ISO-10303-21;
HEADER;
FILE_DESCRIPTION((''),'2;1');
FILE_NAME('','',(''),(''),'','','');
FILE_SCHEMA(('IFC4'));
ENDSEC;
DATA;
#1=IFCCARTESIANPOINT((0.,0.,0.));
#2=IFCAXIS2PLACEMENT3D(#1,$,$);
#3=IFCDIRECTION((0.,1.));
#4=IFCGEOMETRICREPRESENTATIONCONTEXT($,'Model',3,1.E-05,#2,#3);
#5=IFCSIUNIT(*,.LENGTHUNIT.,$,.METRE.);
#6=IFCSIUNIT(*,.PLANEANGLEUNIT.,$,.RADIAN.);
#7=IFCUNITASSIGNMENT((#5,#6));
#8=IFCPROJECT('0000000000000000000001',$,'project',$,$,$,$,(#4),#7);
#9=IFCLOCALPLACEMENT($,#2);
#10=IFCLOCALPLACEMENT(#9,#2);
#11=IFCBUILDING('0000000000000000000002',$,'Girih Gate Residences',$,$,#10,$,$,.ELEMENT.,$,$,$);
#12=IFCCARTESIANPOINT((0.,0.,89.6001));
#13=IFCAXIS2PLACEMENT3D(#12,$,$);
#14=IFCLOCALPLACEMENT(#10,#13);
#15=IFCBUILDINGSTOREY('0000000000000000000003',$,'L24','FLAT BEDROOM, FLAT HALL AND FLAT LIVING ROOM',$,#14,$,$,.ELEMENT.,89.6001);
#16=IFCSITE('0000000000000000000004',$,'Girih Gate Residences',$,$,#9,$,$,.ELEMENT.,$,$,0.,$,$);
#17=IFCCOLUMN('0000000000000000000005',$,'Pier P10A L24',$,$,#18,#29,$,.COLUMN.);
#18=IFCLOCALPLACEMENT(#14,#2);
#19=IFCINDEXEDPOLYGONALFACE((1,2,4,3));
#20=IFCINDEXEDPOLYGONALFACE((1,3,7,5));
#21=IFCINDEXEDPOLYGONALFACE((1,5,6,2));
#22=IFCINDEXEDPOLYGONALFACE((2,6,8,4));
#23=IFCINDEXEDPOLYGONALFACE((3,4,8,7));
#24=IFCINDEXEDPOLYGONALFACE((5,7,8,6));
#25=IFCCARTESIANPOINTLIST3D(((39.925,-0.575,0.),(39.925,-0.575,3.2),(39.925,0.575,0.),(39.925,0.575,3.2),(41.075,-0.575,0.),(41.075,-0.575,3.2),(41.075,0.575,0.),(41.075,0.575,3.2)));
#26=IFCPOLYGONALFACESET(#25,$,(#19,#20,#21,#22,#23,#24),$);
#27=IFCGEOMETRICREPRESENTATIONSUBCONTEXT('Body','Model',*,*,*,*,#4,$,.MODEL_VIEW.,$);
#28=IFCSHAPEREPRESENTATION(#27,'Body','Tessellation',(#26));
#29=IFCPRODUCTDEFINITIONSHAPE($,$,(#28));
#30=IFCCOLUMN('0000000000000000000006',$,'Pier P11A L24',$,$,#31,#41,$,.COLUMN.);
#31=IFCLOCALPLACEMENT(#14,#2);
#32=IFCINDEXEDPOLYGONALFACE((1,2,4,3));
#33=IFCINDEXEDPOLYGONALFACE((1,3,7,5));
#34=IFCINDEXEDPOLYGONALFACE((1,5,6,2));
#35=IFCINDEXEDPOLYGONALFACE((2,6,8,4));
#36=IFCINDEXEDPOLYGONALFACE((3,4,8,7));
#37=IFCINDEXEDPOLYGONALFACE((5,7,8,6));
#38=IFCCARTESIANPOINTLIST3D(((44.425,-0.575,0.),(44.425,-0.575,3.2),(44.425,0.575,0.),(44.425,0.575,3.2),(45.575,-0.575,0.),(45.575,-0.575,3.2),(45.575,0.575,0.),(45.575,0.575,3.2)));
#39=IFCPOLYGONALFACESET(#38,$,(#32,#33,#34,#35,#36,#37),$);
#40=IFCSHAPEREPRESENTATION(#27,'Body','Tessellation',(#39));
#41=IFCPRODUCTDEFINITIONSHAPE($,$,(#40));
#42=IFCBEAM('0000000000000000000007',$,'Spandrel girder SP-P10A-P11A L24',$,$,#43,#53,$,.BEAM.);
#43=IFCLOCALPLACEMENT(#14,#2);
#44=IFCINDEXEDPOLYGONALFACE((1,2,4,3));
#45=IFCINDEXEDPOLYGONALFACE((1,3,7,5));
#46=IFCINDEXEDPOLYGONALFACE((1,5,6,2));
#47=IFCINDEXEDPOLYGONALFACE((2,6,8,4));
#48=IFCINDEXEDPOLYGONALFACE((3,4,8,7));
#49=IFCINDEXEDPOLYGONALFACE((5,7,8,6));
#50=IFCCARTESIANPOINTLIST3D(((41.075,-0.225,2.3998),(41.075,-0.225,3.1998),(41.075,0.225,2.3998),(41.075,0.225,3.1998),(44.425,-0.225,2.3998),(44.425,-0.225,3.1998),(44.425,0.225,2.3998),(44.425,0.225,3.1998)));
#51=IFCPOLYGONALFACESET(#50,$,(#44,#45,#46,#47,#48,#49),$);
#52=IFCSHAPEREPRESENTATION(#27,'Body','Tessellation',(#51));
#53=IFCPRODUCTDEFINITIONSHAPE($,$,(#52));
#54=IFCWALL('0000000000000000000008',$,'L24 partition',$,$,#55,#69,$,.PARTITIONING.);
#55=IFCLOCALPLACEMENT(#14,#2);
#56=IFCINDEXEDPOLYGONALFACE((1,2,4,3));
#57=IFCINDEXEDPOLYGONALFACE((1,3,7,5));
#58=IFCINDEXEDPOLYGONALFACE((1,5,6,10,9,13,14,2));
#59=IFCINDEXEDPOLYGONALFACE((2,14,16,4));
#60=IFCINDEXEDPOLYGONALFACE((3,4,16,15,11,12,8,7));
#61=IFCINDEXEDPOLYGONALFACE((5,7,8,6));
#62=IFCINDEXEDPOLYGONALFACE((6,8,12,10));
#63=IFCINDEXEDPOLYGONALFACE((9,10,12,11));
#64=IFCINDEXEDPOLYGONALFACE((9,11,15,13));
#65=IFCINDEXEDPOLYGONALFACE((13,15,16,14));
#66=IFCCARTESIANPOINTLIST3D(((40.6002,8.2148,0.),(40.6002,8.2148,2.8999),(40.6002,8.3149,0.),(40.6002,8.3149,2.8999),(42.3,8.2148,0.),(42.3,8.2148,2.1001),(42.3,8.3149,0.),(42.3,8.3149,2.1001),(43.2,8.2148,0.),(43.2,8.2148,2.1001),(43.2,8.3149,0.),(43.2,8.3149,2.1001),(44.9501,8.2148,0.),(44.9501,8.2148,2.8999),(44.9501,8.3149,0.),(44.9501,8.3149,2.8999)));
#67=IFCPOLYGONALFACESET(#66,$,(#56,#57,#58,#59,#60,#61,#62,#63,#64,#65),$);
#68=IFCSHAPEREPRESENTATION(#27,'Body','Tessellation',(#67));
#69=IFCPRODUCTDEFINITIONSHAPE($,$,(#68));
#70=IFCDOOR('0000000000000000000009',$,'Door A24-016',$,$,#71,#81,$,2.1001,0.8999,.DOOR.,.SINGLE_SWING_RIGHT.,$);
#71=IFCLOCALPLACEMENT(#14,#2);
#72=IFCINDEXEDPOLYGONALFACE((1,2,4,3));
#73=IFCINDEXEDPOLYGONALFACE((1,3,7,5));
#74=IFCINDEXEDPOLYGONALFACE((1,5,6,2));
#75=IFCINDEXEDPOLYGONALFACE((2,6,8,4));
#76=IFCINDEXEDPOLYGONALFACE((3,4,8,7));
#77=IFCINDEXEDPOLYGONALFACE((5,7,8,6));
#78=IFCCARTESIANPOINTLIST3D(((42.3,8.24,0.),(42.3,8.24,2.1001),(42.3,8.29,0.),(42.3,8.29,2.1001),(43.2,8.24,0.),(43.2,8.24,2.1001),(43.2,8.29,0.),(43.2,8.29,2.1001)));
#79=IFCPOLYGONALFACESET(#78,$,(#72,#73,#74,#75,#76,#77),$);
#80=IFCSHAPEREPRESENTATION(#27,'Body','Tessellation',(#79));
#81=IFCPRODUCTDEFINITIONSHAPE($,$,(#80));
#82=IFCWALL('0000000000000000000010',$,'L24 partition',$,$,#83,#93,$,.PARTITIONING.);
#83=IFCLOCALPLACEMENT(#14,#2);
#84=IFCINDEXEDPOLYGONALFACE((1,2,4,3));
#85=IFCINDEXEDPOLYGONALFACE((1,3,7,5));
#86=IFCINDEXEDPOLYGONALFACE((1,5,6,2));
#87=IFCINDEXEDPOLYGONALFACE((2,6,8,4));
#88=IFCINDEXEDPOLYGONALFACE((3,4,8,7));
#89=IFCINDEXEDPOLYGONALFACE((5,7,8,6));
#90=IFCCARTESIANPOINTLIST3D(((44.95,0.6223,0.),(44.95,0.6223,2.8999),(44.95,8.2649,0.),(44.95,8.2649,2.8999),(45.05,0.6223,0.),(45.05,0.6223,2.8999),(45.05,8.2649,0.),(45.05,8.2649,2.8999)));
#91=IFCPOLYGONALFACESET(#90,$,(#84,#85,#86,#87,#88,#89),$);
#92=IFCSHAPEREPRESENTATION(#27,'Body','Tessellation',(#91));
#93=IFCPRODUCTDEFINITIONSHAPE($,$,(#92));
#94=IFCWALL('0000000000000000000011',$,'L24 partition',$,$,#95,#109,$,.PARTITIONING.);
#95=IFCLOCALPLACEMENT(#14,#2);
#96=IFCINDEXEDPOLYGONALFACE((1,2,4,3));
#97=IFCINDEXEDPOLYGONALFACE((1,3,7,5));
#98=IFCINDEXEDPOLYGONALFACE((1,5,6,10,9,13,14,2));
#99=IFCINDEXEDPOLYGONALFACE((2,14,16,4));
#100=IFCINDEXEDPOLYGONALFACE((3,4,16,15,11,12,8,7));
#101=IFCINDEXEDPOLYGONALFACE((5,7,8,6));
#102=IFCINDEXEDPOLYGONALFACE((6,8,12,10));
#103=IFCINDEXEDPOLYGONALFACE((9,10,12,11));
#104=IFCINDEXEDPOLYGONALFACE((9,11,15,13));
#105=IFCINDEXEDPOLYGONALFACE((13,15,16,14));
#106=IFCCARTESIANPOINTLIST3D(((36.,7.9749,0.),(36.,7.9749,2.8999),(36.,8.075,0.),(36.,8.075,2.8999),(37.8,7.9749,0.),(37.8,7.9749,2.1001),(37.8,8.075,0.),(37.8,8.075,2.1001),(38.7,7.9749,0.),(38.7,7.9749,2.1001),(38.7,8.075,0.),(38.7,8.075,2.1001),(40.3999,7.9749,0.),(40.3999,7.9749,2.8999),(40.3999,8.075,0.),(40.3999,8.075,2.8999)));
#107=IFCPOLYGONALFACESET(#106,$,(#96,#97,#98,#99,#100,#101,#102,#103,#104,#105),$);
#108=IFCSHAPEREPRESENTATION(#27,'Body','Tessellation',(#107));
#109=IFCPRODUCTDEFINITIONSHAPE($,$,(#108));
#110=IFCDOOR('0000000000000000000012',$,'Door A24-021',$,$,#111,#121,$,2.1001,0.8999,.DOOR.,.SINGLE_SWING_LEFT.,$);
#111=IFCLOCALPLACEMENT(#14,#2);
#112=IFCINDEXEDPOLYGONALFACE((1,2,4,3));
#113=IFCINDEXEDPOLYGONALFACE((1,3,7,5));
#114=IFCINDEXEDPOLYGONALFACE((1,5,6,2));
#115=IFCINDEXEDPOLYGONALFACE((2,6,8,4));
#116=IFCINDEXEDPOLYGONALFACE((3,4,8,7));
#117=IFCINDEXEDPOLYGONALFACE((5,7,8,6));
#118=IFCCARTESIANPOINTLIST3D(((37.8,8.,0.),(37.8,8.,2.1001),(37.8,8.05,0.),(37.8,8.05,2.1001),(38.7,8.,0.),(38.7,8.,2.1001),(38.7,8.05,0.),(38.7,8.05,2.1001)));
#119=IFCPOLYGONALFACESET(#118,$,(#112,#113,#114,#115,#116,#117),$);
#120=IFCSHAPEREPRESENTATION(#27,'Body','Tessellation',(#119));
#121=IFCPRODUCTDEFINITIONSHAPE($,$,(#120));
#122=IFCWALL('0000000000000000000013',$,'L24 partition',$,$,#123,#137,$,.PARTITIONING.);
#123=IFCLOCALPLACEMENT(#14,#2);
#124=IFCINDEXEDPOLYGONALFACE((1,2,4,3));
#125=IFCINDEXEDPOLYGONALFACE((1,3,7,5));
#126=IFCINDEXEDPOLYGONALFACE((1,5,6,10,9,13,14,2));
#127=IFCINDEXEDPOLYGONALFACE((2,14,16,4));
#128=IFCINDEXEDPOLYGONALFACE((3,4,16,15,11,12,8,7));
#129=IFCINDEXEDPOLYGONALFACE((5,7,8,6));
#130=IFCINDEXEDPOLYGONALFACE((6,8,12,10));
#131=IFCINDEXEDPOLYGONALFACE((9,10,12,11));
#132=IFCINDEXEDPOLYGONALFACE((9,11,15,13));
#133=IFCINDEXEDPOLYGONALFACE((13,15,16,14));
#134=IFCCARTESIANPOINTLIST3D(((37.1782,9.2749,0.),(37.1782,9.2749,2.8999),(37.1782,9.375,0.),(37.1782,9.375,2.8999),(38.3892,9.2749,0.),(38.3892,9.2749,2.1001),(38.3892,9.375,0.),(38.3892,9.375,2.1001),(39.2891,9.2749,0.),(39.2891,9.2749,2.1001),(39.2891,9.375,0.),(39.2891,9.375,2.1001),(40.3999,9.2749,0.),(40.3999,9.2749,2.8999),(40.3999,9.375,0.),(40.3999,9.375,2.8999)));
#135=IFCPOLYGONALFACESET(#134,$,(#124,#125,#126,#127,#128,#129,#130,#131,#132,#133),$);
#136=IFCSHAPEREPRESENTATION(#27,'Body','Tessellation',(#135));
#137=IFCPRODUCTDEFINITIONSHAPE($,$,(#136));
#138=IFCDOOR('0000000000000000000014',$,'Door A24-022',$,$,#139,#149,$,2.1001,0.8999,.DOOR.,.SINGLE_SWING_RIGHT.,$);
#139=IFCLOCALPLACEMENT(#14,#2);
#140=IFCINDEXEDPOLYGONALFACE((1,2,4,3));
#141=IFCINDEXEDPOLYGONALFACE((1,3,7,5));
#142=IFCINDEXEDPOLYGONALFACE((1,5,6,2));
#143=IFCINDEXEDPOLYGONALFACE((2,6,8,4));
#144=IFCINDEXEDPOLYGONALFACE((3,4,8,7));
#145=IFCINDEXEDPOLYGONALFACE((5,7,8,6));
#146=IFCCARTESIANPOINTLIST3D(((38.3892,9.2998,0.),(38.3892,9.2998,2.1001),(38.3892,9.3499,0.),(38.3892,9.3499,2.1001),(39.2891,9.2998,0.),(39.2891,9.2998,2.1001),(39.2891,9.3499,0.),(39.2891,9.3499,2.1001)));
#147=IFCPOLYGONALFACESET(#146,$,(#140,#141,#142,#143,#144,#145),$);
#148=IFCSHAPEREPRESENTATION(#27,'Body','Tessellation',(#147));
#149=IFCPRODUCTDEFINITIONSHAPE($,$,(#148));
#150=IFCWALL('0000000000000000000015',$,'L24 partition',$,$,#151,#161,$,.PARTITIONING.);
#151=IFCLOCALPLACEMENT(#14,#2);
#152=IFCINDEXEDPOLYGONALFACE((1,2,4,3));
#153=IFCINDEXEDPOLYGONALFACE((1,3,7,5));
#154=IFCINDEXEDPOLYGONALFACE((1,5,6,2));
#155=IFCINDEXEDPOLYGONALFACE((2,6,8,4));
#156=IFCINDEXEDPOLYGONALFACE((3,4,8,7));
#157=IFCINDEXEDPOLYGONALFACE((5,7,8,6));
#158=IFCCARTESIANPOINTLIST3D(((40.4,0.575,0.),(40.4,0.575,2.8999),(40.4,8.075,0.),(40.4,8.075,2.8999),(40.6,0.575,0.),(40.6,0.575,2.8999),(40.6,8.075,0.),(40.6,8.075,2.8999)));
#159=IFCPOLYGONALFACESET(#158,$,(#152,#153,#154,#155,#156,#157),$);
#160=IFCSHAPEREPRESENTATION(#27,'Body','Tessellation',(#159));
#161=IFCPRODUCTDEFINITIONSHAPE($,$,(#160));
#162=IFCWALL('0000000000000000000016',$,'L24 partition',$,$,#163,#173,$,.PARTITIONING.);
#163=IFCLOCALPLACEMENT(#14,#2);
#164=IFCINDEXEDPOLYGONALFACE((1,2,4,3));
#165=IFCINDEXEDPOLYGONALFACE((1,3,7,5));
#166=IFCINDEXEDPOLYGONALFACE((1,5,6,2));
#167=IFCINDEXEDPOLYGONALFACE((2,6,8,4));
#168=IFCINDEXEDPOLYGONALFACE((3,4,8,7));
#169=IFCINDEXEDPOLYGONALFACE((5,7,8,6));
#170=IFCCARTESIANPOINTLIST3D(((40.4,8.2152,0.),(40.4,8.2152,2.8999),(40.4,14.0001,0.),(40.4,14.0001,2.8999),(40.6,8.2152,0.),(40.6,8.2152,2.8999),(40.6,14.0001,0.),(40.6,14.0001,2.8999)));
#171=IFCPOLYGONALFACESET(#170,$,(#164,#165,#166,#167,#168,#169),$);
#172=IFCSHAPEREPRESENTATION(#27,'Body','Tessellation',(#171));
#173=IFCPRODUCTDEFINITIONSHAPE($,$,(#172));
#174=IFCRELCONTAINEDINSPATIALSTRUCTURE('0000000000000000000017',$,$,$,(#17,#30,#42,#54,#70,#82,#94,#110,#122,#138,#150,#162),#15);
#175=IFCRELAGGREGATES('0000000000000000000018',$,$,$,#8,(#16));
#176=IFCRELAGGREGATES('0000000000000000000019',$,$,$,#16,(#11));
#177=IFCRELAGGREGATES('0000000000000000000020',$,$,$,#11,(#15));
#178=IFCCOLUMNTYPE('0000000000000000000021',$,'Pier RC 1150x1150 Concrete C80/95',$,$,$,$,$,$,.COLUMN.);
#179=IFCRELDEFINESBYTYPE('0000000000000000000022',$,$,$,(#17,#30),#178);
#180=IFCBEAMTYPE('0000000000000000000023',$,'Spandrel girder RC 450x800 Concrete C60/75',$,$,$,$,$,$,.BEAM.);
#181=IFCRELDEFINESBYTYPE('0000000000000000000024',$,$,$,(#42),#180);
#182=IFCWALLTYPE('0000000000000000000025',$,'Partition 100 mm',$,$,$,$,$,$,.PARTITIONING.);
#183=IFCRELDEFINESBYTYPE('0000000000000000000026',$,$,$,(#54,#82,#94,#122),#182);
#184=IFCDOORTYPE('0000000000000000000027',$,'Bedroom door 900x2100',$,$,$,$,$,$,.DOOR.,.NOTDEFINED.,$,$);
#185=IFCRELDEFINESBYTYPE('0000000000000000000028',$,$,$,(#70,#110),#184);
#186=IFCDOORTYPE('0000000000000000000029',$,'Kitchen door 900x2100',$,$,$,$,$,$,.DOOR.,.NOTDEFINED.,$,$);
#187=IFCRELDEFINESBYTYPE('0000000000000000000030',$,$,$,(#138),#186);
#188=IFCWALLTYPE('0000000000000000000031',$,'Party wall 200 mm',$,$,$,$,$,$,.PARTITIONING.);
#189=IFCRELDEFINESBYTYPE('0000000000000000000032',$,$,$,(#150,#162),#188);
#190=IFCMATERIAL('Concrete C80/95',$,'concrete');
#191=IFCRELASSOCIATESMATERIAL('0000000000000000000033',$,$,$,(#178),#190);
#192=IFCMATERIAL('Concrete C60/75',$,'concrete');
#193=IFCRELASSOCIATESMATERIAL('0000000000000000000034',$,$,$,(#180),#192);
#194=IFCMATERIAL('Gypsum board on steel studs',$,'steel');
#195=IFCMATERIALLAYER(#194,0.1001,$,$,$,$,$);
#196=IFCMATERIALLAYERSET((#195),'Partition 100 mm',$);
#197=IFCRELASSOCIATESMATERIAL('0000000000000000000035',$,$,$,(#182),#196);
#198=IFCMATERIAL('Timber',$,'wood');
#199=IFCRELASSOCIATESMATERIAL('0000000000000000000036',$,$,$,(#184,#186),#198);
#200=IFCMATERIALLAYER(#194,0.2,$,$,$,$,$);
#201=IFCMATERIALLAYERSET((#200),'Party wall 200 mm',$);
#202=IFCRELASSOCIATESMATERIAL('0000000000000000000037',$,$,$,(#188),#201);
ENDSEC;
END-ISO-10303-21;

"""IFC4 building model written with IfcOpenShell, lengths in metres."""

from ifc_helpers import new_model, si_unit, direction, frame, frame_2d, origin, origin_2d, place, context, subcontext, project, spatial, rectangle, extrude, material, layer, layer_set, material_profile, profile_set, type_object, element, fill, save


model = new_model("IFC4")

# Units and contexts
model_context = context("Model", 3, precision=1e-05, world=origin(), true_north=direction((0.0, 1.0)))
body_context = subcontext(model_context, "Body", "Model", "MODEL_VIEW")
ifc_project = project(units=[si_unit("LENGTHUNIT", "METRE"), si_unit("PLANEANGLEUNIT", "RADIAN")], contexts=[model_context])

# Site, building, storey
site_placement = place(None, origin())
site = spatial("IfcSite", under=ifc_project, at=site_placement, Name="Girih Gate Residences", CompositionType="ELEMENT", RefElevation=0.0)
building_placement = place(site_placement, origin())
building = spatial("IfcBuilding", under=site, at=building_placement, Name="Girih Gate Residences", CompositionType="ELEMENT")
storey_placement = place(building_placement, frame((0.0, 0.0, 89.6001)))
storey = spatial("IfcBuildingStorey", under=building, at=storey_placement, Name="L24", Description="FLAT BEDROOM, FLAT HALL AND FLAT LIVING ROOM", CompositionType="ELEMENT", Elevation=89.6001)

# Columns
ifc_material_1 = material(Name="Concrete C80/95", Category="concrete")
ifc_material_profile_1 = material_profile(ifc_material_1, rectangle(XDim=1.1499, YDim=1.1499, at=origin_2d()))
ifc_profile_set_1 = profile_set([ifc_material_profile_1], Name="Concrete C80/95")
column_type = type_object("IfcColumnType", Name="Pier RC 1150x1150 Concrete C80/95", PredefinedType="COLUMN", material=ifc_profile_set_1)
for number, where, z_axis, x_axis, name in (
    (1, (40.5, 0.0, 0.0), (0.0, 0.0, 1.0), (1.0, 0.0, 0.0), "Pier P10A L24"),
    (2, (45.0, 0.0, 0.0), (0.0, 0.0, 1.0), (1.0, 0.0, 0.0), "Pier P11A L24"),
):
    element("IfcColumn", number, at=place(storey_placement, frame(where, z_axis=z_axis, x_axis=x_axis)), inside=storey, type_object=column_type, Name=name, PredefinedType="COLUMN", context=body_context, shape_type="SweptSolid", body=[
        extrude(rectangle(XDim=1.1499, YDim=1.1499, at=origin_2d()), origin(), (0.0, 0.0, 1.0), 3.2),
    ])

# Beam
ifc_material_2 = material(Name="Concrete C60/75", Category="concrete")
ifc_material_profile_2 = material_profile(ifc_material_2, rectangle(XDim=0.45, YDim=0.8, at=origin_2d()))
ifc_profile_set_2 = profile_set([ifc_material_profile_2], Name="Concrete C60/75")
beam_type = type_object("IfcBeamType", Name="Spandrel girder RC 450x800 Concrete C60/75", PredefinedType="BEAM", material=ifc_profile_set_2)
beam_placement = place(storey_placement, frame((41.075, 0.0, 2.7998), z_axis=(1.0, 0.0, 0.0), x_axis=(0.0, 1.0, 0.0)))
element("IfcBeam", 3, at=beam_placement, inside=storey, type_object=beam_type, Name="Spandrel girder SP-P10A-P11A L24", PredefinedType="BEAM", context=body_context, shape_type="SweptSolid", body=[
    extrude(rectangle(XDim=0.45, YDim=0.8, at=origin_2d()), origin(), (0.0, 0.0, 1.0), 3.3501),
])

# Wall, opening, door
ifc_material_3 = material(Name="Gypsum board on steel studs", Category="steel")
ifc_layer_1 = layer(ifc_material_3, 0.1001)
ifc_layer_set_1 = layer_set([ifc_layer_1], Name="Partition 100 mm")
wall_type_1 = type_object("IfcWallType", Name="Partition 100 mm", PredefinedType="PARTITIONING", material=ifc_layer_set_1)
wall_1_placement = place(storey_placement, frame((44.95, 8.2649, 0.0), z_axis=(0.0, 0.0, 1.0), x_axis=(-1.0, 0.0, 0.0)))
wall_1 = element("IfcWall", 4, at=wall_1_placement, inside=storey, type_object=wall_type_1, Name="L24 partition", PredefinedType="PARTITIONING", context=body_context, shape_type="SweptSolid", body=[
    extrude(rectangle(XDim=4.3499, YDim=0.1001, at=frame_2d((2.1748, 0.0))), origin(), (0.0, 0.0, 1.0), 2.8999),
])
opening_1_placement = place(wall_1_placement, frame((1.75, 0.0, 0.0)))
opening_1 = element("IfcOpeningElement", 5, at=opening_1_placement, cuts=wall_1, PredefinedType="OPENING", context=body_context, shape_type="SweptSolid", body=[
    extrude(rectangle(XDim=0.8999, YDim=2.1001, at=frame_2d((0.45, 1.05))), frame((0.0, 0.0601, 0.0), z_axis=(0.0, -1.0, 0.0), x_axis=(1.0, 0.0, 0.0)), (0.0, 0.0, 1.0), 0.1201),
])
ifc_material_4 = material(Name="Timber", Category="wood")
door_type_1 = type_object("IfcDoorType", Name="Bedroom door 900x2100", OperationType="NOTDEFINED", PredefinedType="DOOR", material=ifc_material_4)
door_1_placement = place(opening_1_placement, origin())
door_1 = element("IfcDoor", 6, at=door_1_placement, inside=storey, type_object=door_type_1, Name="Door A24-016", OperationType="SINGLE_SWING_RIGHT", OverallHeight=2.1001, OverallWidth=0.8999, PredefinedType="DOOR", context=body_context, shape_type="SweptSolid", body=[
    extrude(rectangle(XDim=0.8999, YDim=2.1001, at=frame_2d((0.45, 1.05))), frame((0.0, 0.0249, 0.0), z_axis=(0.0, -1.0, 0.0), x_axis=(1.0, 0.0, 0.0)), (0.0, 0.0, 1.0), 0.05),
])
fill(opening_1, door_1)

# Wall
wall_2_placement = place(storey_placement, frame((45.0, 0.6223, 0.0), z_axis=(0.0, 0.0, 1.0), x_axis=(0.0, 1.0, 0.0)))
element("IfcWall", 7, at=wall_2_placement, inside=storey, type_object=wall_type_1, Name="L24 partition", PredefinedType="PARTITIONING", context=body_context, shape_type="SweptSolid", body=[
    extrude(rectangle(XDim=7.6426, YDim=0.1001, at=frame_2d((3.8213, 0.0))), origin(), (0.0, 0.0, 1.0), 2.8999),
])

# Walls, openings, doors
wall_3_placement = place(storey_placement, frame((40.3999, 8.0249, 0.0), z_axis=(0.0, 0.0, 1.0), x_axis=(-1.0, 0.0, 0.0)))
wall_3 = element("IfcWall", 8, at=wall_3_placement, inside=storey, type_object=wall_type_1, Name="L24 partition", PredefinedType="PARTITIONING", context=body_context, shape_type="SweptSolid", body=[
    extrude(rectangle(XDim=4.3999, YDim=0.1001, at=frame_2d((2.2, 0.0))), origin(), (0.0, 0.0, 1.0), 2.8999),
])
opening_2_placement = place(wall_3_placement, frame((1.7, 0.0, 0.0)))
opening_2 = element("IfcOpeningElement", 9, at=opening_2_placement, cuts=wall_3, PredefinedType="OPENING", context=body_context, shape_type="SweptSolid", body=[
    extrude(rectangle(XDim=0.8999, YDim=2.1001, at=frame_2d((0.45, 1.05))), frame((0.0, 0.0601, 0.0), z_axis=(0.0, -1.0, 0.0), x_axis=(1.0, 0.0, 0.0)), (0.0, 0.0, 1.0), 0.1201),
])
door_2_placement = place(opening_2_placement, origin())
door_2 = element("IfcDoor", 10, at=door_2_placement, inside=storey, type_object=door_type_1, Name="Door A24-021", OperationType="SINGLE_SWING_LEFT", OverallHeight=2.1001, OverallWidth=0.8999, PredefinedType="DOOR", context=body_context, shape_type="SweptSolid", body=[
    extrude(rectangle(XDim=0.8999, YDim=2.1001, at=frame_2d((0.45, 1.05))), frame((0.0, 0.0249, 0.0), z_axis=(0.0, -1.0, 0.0), x_axis=(1.0, 0.0, 0.0)), (0.0, 0.0, 1.0), 0.05),
])
fill(opening_2, door_2)
wall_4_placement = place(storey_placement, frame((37.1782, 9.325, 0.0), z_axis=(0.0, 0.0, 1.0), x_axis=(1.0, 0.0, 0.0)))
wall_4 = element("IfcWall", 11, at=wall_4_placement, inside=storey, type_object=wall_type_1, Name="L24 partition", PredefinedType="PARTITIONING", context=body_context, shape_type="SweptSolid", body=[
    extrude(rectangle(XDim=3.2217, YDim=0.1001, at=frame_2d((1.6108, 0.0))), origin(), (0.0, 0.0, 1.0), 2.8999),
])
opening_3_placement = place(wall_4_placement, frame((1.2109, 0.0, 0.0)))
opening_3 = element("IfcOpeningElement", 12, at=opening_3_placement, cuts=wall_4, PredefinedType="OPENING", context=body_context, shape_type="SweptSolid", body=[
    extrude(rectangle(XDim=0.8999, YDim=2.1001, at=frame_2d((0.45, 1.05))), frame((0.0, 0.0601, 0.0), z_axis=(0.0, -1.0, 0.0), x_axis=(1.0, 0.0, 0.0)), (0.0, 0.0, 1.0), 0.1201),
])
door_type_2 = type_object("IfcDoorType", Name="Kitchen door 900x2100", OperationType="NOTDEFINED", PredefinedType="DOOR", material=ifc_material_4)
door_3_placement = place(opening_3_placement, origin())
door_3 = element("IfcDoor", 13, at=door_3_placement, inside=storey, type_object=door_type_2, Name="Door A24-022", OperationType="SINGLE_SWING_RIGHT", OverallHeight=2.1001, OverallWidth=0.8999, PredefinedType="DOOR", context=body_context, shape_type="SweptSolid", body=[
    extrude(rectangle(XDim=0.8999, YDim=2.1001, at=frame_2d((0.45, 1.05))), frame((0.0, 0.0249, 0.0), z_axis=(0.0, -1.0, 0.0), x_axis=(1.0, 0.0, 0.0)), (0.0, 0.0, 1.0), 0.05),
])
fill(opening_3, door_3)

# Walls
ifc_layer_2 = layer(ifc_material_3, 0.2)
ifc_layer_set_2 = layer_set([ifc_layer_2], Name="Party wall 200 mm")
wall_type_2 = type_object("IfcWallType", Name="Party wall 200 mm", PredefinedType="PARTITIONING", material=ifc_layer_set_2)
wall_5_placement = place(storey_placement, frame((40.5, 0.575, 0.0), z_axis=(0.0, 0.0, 1.0), x_axis=(0.0, 1.0, 0.0)))
element("IfcWall", 14, at=wall_5_placement, inside=storey, type_object=wall_type_2, Name="L24 partition", PredefinedType="PARTITIONING", context=body_context, shape_type="SweptSolid", body=[
    extrude(rectangle(XDim=7.5, YDim=0.2, at=frame_2d((3.75, 0.0))), origin(), (0.0, 0.0, 1.0), 2.8999),
])
wall_6_placement = place(storey_placement, frame((40.5, 8.2151, 0.0), z_axis=(0.0, 0.0, 1.0), x_axis=(0.0, 1.0, 0.0)))
element("IfcWall", 15, at=wall_6_placement, inside=storey, type_object=wall_type_2, Name="L24 partition", PredefinedType="PARTITIONING", context=body_context, shape_type="SweptSolid", body=[
    extrude(rectangle(XDim=5.7849, YDim=0.2, at=frame_2d((2.8926, 0.0))), origin(), (0.0, 0.0, 1.0), 2.8999),
])

save(model, "model.ifc")
